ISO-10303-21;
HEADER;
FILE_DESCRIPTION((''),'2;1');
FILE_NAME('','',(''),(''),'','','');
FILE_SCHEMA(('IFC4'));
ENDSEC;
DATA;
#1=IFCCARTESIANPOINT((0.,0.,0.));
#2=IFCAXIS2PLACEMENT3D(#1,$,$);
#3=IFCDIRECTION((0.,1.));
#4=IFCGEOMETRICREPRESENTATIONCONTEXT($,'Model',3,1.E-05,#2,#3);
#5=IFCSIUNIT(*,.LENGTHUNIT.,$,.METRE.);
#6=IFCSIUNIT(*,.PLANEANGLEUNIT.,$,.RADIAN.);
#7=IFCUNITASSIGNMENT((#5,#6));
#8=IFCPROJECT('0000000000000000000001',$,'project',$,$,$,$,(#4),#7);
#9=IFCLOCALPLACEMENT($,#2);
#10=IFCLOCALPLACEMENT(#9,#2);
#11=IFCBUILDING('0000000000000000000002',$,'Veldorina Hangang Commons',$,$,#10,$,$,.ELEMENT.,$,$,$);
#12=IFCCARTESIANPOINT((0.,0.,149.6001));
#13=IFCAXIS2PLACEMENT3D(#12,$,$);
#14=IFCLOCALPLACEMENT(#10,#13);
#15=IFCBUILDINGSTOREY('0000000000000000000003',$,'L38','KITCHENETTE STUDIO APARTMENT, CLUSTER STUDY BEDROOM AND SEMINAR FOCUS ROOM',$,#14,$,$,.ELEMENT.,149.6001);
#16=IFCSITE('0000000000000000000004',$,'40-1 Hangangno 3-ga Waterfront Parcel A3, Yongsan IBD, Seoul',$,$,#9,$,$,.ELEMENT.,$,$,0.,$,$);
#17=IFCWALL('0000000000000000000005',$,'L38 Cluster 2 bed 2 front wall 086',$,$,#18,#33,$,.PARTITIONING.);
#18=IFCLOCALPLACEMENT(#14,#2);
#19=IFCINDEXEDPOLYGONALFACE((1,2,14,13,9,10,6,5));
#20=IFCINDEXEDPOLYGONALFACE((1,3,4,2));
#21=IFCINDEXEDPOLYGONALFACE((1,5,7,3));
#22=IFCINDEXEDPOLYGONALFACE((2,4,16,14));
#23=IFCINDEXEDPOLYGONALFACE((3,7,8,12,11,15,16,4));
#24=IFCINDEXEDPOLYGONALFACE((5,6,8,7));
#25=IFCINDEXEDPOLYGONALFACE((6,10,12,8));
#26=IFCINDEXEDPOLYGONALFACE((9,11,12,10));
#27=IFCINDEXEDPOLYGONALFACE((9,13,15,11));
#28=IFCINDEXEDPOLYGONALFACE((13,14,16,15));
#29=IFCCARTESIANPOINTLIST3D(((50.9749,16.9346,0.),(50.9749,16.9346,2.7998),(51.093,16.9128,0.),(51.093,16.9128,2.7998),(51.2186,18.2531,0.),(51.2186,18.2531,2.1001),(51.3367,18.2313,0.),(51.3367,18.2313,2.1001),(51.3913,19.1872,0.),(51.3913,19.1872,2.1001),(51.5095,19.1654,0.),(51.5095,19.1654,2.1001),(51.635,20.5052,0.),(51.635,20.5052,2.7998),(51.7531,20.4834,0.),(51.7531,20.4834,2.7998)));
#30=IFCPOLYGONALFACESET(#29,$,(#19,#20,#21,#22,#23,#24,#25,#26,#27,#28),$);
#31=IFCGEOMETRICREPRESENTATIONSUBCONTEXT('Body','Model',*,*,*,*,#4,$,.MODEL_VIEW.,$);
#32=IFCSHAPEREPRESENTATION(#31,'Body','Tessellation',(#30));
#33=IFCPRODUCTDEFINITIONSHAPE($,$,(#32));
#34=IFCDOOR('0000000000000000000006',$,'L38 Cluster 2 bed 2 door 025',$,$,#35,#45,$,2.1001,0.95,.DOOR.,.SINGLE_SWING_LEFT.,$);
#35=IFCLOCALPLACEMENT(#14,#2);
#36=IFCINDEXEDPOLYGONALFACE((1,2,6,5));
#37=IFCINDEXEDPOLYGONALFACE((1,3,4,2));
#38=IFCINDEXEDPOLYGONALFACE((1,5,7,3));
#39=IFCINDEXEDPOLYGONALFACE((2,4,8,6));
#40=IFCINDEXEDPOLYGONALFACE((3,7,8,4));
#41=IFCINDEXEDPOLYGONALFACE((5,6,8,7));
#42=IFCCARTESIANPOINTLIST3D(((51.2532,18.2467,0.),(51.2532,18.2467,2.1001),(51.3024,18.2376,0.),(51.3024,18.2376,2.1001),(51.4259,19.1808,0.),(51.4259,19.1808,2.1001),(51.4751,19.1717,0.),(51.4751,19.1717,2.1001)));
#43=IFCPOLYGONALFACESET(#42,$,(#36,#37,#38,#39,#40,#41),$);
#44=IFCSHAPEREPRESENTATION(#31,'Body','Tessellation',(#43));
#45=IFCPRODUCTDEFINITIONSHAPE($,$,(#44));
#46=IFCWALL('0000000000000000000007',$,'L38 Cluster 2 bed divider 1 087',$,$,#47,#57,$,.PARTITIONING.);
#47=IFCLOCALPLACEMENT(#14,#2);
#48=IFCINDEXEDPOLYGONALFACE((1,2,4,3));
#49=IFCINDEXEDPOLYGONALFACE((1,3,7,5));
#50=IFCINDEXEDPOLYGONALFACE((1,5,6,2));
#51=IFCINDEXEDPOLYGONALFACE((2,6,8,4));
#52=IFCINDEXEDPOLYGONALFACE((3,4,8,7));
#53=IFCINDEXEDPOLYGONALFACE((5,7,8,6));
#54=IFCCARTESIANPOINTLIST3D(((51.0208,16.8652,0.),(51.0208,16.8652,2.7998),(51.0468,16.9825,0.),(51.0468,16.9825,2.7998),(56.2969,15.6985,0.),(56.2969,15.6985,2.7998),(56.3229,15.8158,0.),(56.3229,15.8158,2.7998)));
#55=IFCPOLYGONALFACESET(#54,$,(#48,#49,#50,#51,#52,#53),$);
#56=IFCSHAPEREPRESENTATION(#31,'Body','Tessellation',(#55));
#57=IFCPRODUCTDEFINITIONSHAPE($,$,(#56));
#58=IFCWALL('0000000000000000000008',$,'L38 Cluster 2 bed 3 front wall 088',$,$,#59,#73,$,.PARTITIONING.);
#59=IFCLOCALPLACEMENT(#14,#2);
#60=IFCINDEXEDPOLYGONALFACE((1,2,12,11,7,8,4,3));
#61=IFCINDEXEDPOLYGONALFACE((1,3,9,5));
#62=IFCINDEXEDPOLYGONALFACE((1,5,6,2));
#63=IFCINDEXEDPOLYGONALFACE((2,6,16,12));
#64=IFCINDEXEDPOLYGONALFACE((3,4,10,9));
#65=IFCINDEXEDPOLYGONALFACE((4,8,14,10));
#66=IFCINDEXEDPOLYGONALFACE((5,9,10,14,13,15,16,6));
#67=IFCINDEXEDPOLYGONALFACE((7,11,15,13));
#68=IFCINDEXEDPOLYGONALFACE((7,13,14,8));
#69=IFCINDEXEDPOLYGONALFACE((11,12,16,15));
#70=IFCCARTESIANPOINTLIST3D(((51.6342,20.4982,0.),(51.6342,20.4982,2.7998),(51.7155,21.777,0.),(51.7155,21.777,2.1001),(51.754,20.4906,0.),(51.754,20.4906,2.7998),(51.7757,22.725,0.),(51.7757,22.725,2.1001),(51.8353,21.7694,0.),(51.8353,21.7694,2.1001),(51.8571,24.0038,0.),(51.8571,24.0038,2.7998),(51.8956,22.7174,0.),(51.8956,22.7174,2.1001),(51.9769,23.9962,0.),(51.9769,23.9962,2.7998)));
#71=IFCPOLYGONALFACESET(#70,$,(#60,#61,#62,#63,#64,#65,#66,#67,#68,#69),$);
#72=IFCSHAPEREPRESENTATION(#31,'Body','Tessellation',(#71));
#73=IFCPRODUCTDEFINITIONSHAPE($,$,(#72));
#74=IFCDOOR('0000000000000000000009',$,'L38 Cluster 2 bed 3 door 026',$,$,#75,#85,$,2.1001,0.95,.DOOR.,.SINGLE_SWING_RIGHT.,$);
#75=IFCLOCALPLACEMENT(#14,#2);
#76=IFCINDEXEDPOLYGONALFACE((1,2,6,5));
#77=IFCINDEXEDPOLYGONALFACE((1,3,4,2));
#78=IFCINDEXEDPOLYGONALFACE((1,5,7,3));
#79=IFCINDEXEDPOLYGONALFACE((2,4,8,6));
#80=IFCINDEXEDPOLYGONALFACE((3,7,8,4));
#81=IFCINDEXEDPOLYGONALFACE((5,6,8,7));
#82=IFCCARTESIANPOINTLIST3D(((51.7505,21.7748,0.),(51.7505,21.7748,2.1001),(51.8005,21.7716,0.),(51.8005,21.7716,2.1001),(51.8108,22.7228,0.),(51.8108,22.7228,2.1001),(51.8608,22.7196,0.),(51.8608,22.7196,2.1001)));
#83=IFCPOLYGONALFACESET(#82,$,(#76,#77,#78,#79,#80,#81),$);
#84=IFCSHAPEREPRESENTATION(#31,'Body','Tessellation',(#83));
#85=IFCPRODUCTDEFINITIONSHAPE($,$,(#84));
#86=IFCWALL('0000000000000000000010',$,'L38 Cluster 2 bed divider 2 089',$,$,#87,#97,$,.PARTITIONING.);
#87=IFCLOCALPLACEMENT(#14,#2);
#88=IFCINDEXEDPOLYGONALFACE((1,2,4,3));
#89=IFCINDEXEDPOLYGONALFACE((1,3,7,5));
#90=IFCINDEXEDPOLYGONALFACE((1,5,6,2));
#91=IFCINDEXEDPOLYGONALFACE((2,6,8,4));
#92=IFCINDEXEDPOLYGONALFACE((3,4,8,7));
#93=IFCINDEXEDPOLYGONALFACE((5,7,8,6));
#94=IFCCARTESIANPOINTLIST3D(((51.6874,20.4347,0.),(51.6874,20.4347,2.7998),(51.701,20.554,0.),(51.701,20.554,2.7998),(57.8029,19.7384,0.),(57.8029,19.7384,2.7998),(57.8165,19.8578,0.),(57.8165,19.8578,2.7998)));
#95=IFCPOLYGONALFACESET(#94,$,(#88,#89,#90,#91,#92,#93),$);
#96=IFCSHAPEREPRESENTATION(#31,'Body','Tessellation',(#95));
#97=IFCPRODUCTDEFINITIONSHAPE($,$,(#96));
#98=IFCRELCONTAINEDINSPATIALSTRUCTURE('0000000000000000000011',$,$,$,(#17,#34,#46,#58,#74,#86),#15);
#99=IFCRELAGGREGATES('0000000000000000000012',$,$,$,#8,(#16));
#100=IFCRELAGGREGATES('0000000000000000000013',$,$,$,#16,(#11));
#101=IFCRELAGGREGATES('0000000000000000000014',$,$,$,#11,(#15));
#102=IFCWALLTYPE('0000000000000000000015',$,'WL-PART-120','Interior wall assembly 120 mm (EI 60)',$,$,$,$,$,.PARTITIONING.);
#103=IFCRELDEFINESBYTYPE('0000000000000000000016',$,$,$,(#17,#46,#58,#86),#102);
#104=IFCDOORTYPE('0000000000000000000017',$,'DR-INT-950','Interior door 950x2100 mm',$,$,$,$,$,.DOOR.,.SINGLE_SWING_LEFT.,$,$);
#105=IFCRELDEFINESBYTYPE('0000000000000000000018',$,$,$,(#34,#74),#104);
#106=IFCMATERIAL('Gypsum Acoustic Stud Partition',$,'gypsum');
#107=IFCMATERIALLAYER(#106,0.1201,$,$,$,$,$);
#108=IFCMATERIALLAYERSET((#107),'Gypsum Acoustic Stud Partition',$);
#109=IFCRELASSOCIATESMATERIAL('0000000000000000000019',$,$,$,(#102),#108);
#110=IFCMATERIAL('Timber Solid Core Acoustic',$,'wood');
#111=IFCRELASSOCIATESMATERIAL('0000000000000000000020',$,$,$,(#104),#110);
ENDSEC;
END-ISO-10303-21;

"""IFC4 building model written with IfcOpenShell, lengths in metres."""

from ifc_helpers import new_model, si_unit, direction, frame, frame_2d, origin, place, context, subcontext, project, spatial, rectangle, extrude, material, layer, layer_set, type_object, element, fill, save


model = new_model("IFC4")

# Units and contexts
model_context = context("Model", 3, precision=1e-05, world=origin(), true_north=direction((0.0, 1.0)))
body_context = subcontext(model_context, "Body", "Model", "MODEL_VIEW")
ifc_project = project(units=[si_unit("LENGTHUNIT", "METRE"), si_unit("PLANEANGLEUNIT", "RADIAN")], contexts=[model_context])

# Site, building, storey
site_placement = place(None, origin())
site = spatial("IfcSite", under=ifc_project, at=site_placement, Name="40-1 Hangangno 3-ga Waterfront Parcel A3, Yongsan IBD, Seoul", CompositionType="ELEMENT", RefElevation=0.0)
building_placement = place(site_placement, origin())
building = spatial("IfcBuilding", under=site, at=building_placement, Name="Veldorina Hangang Commons", CompositionType="ELEMENT")
storey_placement = place(building_placement, frame((0.0, 0.0, 149.6001)))
storey = spatial("IfcBuildingStorey", under=building, at=storey_placement, Name="L38", Description="KITCHENETTE STUDIO APARTMENT, CLUSTER STUDY BEDROOM AND SEMINAR FOCUS ROOM", CompositionType="ELEMENT", Elevation=149.6001)

# Shared definitions
ifc_material_1 = material(Name="Gypsum Acoustic Stud Partition", Category="gypsum")
ifc_layer_1 = layer(ifc_material_1, 0.1201)
ifc_layer_set_1 = layer_set([ifc_layer_1], Name="Gypsum Acoustic Stud Partition")
wall_type_1 = type_object("IfcWallType", Name="WL-PART-120", Description="Interior wall assembly 120 mm (EI 60)", PredefinedType="PARTITIONING", material=ifc_layer_set_1)

# Wall, opening, door
ifc_material_2 = material(Name="Timber Solid Core Acoustic", Category="wood")
door_type_1 = type_object("IfcDoorType", Name="DR-INT-950", Description="Interior door 950x2100 mm", OperationType="SINGLE_SWING_LEFT", PredefinedType="DOOR", material=ifc_material_2)
wall_1_placement = place(storey_placement, frame((51.0339, 16.9238, 0.0), z_axis=(0.0, 0.0, 1.0), x_axis=(0.181808, 0.983334, 0.0)))
wall_1 = element("IfcWall", 1, at=wall_1_placement, inside=storey, type_object=wall_type_1, Name="L38 Cluster 2 bed 2 front wall 086", PredefinedType="PARTITIONING", context=body_context, shape_type="SweptSolid", body=[
    extrude(rectangle(XDim=3.6311, YDim=0.1201, at=frame_2d((1.8154, 0.0))), origin(), (0.0, 0.0, 1.0), 2.7998),
])
opening_1_placement = place(wall_1_placement, frame((1.3406, 0.0, 0.0)))
opening_1 = element("IfcOpeningElement", 2, at=opening_1_placement, cuts=wall_1, PredefinedType="OPENING", context=body_context, shape_type="SweptSolid", body=[
    extrude(rectangle(XDim=0.95, YDim=2.1001, at=frame_2d((0.4751, 1.05))), frame((0.0, 0.0701, 0.0), z_axis=(0.0, -1.0, 0.0), x_axis=(1.0, 0.0, 0.0)), (0.0, 0.0, 1.0), 0.1401),
])
door_1_placement = place(opening_1_placement, origin())
door_1 = element("IfcDoor", 3, at=door_1_placement, inside=storey, type_object=door_type_1, Name="L38 Cluster 2 bed 2 door 025", OperationType="SINGLE_SWING_LEFT", OverallHeight=2.1001, OverallWidth=0.95, PredefinedType="DOOR", context=body_context, shape_type="SweptSolid", body=[
    extrude(rectangle(XDim=0.95, YDim=2.1001, at=frame_2d((0.4751, 1.05))), frame((0.0, 0.0249, 0.0), z_axis=(0.0, -1.0, 0.0), x_axis=(1.0, 0.0, 0.0)), (0.0, 0.0, 1.0), 0.05),
])
fill(opening_1, door_1)

# Wall
wall_2_placement = place(storey_placement, frame((51.0339, 16.9238, 0.0), z_axis=(0.0, 0.0, 1.0), x_axis=(0.976411, -0.215921, 0.0)))
element("IfcWall", 4, at=wall_2_placement, inside=storey, type_object=wall_type_1, Name="L38 Cluster 2 bed divider 1 087", PredefinedType="PARTITIONING", context=body_context, shape_type="SweptSolid", body=[
    extrude(rectangle(XDim=5.4036, YDim=0.1201, at=frame_2d((2.7017, 0.0))), origin(), (0.0, 0.0, 1.0), 2.7998),
])

# Wall, opening, door
wall_3_placement = place(storey_placement, frame((51.6941, 20.4944, 0.0), z_axis=(0.0, 0.0, 1.0), x_axis=(0.063456, 0.997985, 0.0)))
wall_3 = element("IfcWall", 5, at=wall_3_placement, inside=storey, type_object=wall_type_1, Name="L38 Cluster 2 bed 3 front wall 088", PredefinedType="PARTITIONING", context=body_context, shape_type="SweptSolid", body=[
    extrude(rectangle(XDim=3.5127, YDim=0.1201, at=frame_2d((1.7563, 0.0))), origin(), (0.0, 0.0, 1.0), 2.7998),
])
opening_2_placement = place(wall_3_placement, frame((1.2812, 0.0, 0.0)))
opening_2 = element("IfcOpeningElement", 6, at=opening_2_placement, cuts=wall_3, PredefinedType="OPENING", context=body_context, shape_type="SweptSolid", body=[
    extrude(rectangle(XDim=0.95, YDim=2.1001, at=frame_2d((0.4751, 1.05))), frame((0.0, 0.0701, 0.0), z_axis=(0.0, -1.0, 0.0), x_axis=(1.0, 0.0, 0.0)), (0.0, 0.0, 1.0), 0.1401),
])
door_2_placement = place(opening_2_placement, origin())
door_2 = element("IfcDoor", 7, at=door_2_placement, inside=storey, type_object=door_type_1, Name="L38 Cluster 2 bed 3 door 026", OperationType="SINGLE_SWING_RIGHT", OverallHeight=2.1001, OverallWidth=0.95, PredefinedType="DOOR", context=body_context, shape_type="SweptSolid", body=[
    extrude(rectangle(XDim=0.95, YDim=2.1001, at=frame_2d((0.4751, 1.05))), frame((0.0, 0.0249, 0.0), z_axis=(0.0, -1.0, 0.0), x_axis=(1.0, 0.0, 0.0)), (0.0, 0.0, 1.0), 0.05),
])
fill(opening_2, door_2)

# Wall
wall_4_placement = place(storey_placement, frame((51.6941, 20.4944, 0.0), z_axis=(0.0, 0.0, 1.0), x_axis=(0.993581, -0.113126, 0.0)))
element("IfcWall", 8, at=wall_4_placement, inside=storey, type_object=wall_type_1, Name="L38 Cluster 2 bed divider 2 089", PredefinedType="PARTITIONING", context=body_context, shape_type="SweptSolid", body=[
    extrude(rectangle(XDim=6.155, YDim=0.1201, at=frame_2d((3.0776, 0.0))), origin(), (0.0, 0.0, 1.0), 2.7998),
])

save(model, "model.ifc")
